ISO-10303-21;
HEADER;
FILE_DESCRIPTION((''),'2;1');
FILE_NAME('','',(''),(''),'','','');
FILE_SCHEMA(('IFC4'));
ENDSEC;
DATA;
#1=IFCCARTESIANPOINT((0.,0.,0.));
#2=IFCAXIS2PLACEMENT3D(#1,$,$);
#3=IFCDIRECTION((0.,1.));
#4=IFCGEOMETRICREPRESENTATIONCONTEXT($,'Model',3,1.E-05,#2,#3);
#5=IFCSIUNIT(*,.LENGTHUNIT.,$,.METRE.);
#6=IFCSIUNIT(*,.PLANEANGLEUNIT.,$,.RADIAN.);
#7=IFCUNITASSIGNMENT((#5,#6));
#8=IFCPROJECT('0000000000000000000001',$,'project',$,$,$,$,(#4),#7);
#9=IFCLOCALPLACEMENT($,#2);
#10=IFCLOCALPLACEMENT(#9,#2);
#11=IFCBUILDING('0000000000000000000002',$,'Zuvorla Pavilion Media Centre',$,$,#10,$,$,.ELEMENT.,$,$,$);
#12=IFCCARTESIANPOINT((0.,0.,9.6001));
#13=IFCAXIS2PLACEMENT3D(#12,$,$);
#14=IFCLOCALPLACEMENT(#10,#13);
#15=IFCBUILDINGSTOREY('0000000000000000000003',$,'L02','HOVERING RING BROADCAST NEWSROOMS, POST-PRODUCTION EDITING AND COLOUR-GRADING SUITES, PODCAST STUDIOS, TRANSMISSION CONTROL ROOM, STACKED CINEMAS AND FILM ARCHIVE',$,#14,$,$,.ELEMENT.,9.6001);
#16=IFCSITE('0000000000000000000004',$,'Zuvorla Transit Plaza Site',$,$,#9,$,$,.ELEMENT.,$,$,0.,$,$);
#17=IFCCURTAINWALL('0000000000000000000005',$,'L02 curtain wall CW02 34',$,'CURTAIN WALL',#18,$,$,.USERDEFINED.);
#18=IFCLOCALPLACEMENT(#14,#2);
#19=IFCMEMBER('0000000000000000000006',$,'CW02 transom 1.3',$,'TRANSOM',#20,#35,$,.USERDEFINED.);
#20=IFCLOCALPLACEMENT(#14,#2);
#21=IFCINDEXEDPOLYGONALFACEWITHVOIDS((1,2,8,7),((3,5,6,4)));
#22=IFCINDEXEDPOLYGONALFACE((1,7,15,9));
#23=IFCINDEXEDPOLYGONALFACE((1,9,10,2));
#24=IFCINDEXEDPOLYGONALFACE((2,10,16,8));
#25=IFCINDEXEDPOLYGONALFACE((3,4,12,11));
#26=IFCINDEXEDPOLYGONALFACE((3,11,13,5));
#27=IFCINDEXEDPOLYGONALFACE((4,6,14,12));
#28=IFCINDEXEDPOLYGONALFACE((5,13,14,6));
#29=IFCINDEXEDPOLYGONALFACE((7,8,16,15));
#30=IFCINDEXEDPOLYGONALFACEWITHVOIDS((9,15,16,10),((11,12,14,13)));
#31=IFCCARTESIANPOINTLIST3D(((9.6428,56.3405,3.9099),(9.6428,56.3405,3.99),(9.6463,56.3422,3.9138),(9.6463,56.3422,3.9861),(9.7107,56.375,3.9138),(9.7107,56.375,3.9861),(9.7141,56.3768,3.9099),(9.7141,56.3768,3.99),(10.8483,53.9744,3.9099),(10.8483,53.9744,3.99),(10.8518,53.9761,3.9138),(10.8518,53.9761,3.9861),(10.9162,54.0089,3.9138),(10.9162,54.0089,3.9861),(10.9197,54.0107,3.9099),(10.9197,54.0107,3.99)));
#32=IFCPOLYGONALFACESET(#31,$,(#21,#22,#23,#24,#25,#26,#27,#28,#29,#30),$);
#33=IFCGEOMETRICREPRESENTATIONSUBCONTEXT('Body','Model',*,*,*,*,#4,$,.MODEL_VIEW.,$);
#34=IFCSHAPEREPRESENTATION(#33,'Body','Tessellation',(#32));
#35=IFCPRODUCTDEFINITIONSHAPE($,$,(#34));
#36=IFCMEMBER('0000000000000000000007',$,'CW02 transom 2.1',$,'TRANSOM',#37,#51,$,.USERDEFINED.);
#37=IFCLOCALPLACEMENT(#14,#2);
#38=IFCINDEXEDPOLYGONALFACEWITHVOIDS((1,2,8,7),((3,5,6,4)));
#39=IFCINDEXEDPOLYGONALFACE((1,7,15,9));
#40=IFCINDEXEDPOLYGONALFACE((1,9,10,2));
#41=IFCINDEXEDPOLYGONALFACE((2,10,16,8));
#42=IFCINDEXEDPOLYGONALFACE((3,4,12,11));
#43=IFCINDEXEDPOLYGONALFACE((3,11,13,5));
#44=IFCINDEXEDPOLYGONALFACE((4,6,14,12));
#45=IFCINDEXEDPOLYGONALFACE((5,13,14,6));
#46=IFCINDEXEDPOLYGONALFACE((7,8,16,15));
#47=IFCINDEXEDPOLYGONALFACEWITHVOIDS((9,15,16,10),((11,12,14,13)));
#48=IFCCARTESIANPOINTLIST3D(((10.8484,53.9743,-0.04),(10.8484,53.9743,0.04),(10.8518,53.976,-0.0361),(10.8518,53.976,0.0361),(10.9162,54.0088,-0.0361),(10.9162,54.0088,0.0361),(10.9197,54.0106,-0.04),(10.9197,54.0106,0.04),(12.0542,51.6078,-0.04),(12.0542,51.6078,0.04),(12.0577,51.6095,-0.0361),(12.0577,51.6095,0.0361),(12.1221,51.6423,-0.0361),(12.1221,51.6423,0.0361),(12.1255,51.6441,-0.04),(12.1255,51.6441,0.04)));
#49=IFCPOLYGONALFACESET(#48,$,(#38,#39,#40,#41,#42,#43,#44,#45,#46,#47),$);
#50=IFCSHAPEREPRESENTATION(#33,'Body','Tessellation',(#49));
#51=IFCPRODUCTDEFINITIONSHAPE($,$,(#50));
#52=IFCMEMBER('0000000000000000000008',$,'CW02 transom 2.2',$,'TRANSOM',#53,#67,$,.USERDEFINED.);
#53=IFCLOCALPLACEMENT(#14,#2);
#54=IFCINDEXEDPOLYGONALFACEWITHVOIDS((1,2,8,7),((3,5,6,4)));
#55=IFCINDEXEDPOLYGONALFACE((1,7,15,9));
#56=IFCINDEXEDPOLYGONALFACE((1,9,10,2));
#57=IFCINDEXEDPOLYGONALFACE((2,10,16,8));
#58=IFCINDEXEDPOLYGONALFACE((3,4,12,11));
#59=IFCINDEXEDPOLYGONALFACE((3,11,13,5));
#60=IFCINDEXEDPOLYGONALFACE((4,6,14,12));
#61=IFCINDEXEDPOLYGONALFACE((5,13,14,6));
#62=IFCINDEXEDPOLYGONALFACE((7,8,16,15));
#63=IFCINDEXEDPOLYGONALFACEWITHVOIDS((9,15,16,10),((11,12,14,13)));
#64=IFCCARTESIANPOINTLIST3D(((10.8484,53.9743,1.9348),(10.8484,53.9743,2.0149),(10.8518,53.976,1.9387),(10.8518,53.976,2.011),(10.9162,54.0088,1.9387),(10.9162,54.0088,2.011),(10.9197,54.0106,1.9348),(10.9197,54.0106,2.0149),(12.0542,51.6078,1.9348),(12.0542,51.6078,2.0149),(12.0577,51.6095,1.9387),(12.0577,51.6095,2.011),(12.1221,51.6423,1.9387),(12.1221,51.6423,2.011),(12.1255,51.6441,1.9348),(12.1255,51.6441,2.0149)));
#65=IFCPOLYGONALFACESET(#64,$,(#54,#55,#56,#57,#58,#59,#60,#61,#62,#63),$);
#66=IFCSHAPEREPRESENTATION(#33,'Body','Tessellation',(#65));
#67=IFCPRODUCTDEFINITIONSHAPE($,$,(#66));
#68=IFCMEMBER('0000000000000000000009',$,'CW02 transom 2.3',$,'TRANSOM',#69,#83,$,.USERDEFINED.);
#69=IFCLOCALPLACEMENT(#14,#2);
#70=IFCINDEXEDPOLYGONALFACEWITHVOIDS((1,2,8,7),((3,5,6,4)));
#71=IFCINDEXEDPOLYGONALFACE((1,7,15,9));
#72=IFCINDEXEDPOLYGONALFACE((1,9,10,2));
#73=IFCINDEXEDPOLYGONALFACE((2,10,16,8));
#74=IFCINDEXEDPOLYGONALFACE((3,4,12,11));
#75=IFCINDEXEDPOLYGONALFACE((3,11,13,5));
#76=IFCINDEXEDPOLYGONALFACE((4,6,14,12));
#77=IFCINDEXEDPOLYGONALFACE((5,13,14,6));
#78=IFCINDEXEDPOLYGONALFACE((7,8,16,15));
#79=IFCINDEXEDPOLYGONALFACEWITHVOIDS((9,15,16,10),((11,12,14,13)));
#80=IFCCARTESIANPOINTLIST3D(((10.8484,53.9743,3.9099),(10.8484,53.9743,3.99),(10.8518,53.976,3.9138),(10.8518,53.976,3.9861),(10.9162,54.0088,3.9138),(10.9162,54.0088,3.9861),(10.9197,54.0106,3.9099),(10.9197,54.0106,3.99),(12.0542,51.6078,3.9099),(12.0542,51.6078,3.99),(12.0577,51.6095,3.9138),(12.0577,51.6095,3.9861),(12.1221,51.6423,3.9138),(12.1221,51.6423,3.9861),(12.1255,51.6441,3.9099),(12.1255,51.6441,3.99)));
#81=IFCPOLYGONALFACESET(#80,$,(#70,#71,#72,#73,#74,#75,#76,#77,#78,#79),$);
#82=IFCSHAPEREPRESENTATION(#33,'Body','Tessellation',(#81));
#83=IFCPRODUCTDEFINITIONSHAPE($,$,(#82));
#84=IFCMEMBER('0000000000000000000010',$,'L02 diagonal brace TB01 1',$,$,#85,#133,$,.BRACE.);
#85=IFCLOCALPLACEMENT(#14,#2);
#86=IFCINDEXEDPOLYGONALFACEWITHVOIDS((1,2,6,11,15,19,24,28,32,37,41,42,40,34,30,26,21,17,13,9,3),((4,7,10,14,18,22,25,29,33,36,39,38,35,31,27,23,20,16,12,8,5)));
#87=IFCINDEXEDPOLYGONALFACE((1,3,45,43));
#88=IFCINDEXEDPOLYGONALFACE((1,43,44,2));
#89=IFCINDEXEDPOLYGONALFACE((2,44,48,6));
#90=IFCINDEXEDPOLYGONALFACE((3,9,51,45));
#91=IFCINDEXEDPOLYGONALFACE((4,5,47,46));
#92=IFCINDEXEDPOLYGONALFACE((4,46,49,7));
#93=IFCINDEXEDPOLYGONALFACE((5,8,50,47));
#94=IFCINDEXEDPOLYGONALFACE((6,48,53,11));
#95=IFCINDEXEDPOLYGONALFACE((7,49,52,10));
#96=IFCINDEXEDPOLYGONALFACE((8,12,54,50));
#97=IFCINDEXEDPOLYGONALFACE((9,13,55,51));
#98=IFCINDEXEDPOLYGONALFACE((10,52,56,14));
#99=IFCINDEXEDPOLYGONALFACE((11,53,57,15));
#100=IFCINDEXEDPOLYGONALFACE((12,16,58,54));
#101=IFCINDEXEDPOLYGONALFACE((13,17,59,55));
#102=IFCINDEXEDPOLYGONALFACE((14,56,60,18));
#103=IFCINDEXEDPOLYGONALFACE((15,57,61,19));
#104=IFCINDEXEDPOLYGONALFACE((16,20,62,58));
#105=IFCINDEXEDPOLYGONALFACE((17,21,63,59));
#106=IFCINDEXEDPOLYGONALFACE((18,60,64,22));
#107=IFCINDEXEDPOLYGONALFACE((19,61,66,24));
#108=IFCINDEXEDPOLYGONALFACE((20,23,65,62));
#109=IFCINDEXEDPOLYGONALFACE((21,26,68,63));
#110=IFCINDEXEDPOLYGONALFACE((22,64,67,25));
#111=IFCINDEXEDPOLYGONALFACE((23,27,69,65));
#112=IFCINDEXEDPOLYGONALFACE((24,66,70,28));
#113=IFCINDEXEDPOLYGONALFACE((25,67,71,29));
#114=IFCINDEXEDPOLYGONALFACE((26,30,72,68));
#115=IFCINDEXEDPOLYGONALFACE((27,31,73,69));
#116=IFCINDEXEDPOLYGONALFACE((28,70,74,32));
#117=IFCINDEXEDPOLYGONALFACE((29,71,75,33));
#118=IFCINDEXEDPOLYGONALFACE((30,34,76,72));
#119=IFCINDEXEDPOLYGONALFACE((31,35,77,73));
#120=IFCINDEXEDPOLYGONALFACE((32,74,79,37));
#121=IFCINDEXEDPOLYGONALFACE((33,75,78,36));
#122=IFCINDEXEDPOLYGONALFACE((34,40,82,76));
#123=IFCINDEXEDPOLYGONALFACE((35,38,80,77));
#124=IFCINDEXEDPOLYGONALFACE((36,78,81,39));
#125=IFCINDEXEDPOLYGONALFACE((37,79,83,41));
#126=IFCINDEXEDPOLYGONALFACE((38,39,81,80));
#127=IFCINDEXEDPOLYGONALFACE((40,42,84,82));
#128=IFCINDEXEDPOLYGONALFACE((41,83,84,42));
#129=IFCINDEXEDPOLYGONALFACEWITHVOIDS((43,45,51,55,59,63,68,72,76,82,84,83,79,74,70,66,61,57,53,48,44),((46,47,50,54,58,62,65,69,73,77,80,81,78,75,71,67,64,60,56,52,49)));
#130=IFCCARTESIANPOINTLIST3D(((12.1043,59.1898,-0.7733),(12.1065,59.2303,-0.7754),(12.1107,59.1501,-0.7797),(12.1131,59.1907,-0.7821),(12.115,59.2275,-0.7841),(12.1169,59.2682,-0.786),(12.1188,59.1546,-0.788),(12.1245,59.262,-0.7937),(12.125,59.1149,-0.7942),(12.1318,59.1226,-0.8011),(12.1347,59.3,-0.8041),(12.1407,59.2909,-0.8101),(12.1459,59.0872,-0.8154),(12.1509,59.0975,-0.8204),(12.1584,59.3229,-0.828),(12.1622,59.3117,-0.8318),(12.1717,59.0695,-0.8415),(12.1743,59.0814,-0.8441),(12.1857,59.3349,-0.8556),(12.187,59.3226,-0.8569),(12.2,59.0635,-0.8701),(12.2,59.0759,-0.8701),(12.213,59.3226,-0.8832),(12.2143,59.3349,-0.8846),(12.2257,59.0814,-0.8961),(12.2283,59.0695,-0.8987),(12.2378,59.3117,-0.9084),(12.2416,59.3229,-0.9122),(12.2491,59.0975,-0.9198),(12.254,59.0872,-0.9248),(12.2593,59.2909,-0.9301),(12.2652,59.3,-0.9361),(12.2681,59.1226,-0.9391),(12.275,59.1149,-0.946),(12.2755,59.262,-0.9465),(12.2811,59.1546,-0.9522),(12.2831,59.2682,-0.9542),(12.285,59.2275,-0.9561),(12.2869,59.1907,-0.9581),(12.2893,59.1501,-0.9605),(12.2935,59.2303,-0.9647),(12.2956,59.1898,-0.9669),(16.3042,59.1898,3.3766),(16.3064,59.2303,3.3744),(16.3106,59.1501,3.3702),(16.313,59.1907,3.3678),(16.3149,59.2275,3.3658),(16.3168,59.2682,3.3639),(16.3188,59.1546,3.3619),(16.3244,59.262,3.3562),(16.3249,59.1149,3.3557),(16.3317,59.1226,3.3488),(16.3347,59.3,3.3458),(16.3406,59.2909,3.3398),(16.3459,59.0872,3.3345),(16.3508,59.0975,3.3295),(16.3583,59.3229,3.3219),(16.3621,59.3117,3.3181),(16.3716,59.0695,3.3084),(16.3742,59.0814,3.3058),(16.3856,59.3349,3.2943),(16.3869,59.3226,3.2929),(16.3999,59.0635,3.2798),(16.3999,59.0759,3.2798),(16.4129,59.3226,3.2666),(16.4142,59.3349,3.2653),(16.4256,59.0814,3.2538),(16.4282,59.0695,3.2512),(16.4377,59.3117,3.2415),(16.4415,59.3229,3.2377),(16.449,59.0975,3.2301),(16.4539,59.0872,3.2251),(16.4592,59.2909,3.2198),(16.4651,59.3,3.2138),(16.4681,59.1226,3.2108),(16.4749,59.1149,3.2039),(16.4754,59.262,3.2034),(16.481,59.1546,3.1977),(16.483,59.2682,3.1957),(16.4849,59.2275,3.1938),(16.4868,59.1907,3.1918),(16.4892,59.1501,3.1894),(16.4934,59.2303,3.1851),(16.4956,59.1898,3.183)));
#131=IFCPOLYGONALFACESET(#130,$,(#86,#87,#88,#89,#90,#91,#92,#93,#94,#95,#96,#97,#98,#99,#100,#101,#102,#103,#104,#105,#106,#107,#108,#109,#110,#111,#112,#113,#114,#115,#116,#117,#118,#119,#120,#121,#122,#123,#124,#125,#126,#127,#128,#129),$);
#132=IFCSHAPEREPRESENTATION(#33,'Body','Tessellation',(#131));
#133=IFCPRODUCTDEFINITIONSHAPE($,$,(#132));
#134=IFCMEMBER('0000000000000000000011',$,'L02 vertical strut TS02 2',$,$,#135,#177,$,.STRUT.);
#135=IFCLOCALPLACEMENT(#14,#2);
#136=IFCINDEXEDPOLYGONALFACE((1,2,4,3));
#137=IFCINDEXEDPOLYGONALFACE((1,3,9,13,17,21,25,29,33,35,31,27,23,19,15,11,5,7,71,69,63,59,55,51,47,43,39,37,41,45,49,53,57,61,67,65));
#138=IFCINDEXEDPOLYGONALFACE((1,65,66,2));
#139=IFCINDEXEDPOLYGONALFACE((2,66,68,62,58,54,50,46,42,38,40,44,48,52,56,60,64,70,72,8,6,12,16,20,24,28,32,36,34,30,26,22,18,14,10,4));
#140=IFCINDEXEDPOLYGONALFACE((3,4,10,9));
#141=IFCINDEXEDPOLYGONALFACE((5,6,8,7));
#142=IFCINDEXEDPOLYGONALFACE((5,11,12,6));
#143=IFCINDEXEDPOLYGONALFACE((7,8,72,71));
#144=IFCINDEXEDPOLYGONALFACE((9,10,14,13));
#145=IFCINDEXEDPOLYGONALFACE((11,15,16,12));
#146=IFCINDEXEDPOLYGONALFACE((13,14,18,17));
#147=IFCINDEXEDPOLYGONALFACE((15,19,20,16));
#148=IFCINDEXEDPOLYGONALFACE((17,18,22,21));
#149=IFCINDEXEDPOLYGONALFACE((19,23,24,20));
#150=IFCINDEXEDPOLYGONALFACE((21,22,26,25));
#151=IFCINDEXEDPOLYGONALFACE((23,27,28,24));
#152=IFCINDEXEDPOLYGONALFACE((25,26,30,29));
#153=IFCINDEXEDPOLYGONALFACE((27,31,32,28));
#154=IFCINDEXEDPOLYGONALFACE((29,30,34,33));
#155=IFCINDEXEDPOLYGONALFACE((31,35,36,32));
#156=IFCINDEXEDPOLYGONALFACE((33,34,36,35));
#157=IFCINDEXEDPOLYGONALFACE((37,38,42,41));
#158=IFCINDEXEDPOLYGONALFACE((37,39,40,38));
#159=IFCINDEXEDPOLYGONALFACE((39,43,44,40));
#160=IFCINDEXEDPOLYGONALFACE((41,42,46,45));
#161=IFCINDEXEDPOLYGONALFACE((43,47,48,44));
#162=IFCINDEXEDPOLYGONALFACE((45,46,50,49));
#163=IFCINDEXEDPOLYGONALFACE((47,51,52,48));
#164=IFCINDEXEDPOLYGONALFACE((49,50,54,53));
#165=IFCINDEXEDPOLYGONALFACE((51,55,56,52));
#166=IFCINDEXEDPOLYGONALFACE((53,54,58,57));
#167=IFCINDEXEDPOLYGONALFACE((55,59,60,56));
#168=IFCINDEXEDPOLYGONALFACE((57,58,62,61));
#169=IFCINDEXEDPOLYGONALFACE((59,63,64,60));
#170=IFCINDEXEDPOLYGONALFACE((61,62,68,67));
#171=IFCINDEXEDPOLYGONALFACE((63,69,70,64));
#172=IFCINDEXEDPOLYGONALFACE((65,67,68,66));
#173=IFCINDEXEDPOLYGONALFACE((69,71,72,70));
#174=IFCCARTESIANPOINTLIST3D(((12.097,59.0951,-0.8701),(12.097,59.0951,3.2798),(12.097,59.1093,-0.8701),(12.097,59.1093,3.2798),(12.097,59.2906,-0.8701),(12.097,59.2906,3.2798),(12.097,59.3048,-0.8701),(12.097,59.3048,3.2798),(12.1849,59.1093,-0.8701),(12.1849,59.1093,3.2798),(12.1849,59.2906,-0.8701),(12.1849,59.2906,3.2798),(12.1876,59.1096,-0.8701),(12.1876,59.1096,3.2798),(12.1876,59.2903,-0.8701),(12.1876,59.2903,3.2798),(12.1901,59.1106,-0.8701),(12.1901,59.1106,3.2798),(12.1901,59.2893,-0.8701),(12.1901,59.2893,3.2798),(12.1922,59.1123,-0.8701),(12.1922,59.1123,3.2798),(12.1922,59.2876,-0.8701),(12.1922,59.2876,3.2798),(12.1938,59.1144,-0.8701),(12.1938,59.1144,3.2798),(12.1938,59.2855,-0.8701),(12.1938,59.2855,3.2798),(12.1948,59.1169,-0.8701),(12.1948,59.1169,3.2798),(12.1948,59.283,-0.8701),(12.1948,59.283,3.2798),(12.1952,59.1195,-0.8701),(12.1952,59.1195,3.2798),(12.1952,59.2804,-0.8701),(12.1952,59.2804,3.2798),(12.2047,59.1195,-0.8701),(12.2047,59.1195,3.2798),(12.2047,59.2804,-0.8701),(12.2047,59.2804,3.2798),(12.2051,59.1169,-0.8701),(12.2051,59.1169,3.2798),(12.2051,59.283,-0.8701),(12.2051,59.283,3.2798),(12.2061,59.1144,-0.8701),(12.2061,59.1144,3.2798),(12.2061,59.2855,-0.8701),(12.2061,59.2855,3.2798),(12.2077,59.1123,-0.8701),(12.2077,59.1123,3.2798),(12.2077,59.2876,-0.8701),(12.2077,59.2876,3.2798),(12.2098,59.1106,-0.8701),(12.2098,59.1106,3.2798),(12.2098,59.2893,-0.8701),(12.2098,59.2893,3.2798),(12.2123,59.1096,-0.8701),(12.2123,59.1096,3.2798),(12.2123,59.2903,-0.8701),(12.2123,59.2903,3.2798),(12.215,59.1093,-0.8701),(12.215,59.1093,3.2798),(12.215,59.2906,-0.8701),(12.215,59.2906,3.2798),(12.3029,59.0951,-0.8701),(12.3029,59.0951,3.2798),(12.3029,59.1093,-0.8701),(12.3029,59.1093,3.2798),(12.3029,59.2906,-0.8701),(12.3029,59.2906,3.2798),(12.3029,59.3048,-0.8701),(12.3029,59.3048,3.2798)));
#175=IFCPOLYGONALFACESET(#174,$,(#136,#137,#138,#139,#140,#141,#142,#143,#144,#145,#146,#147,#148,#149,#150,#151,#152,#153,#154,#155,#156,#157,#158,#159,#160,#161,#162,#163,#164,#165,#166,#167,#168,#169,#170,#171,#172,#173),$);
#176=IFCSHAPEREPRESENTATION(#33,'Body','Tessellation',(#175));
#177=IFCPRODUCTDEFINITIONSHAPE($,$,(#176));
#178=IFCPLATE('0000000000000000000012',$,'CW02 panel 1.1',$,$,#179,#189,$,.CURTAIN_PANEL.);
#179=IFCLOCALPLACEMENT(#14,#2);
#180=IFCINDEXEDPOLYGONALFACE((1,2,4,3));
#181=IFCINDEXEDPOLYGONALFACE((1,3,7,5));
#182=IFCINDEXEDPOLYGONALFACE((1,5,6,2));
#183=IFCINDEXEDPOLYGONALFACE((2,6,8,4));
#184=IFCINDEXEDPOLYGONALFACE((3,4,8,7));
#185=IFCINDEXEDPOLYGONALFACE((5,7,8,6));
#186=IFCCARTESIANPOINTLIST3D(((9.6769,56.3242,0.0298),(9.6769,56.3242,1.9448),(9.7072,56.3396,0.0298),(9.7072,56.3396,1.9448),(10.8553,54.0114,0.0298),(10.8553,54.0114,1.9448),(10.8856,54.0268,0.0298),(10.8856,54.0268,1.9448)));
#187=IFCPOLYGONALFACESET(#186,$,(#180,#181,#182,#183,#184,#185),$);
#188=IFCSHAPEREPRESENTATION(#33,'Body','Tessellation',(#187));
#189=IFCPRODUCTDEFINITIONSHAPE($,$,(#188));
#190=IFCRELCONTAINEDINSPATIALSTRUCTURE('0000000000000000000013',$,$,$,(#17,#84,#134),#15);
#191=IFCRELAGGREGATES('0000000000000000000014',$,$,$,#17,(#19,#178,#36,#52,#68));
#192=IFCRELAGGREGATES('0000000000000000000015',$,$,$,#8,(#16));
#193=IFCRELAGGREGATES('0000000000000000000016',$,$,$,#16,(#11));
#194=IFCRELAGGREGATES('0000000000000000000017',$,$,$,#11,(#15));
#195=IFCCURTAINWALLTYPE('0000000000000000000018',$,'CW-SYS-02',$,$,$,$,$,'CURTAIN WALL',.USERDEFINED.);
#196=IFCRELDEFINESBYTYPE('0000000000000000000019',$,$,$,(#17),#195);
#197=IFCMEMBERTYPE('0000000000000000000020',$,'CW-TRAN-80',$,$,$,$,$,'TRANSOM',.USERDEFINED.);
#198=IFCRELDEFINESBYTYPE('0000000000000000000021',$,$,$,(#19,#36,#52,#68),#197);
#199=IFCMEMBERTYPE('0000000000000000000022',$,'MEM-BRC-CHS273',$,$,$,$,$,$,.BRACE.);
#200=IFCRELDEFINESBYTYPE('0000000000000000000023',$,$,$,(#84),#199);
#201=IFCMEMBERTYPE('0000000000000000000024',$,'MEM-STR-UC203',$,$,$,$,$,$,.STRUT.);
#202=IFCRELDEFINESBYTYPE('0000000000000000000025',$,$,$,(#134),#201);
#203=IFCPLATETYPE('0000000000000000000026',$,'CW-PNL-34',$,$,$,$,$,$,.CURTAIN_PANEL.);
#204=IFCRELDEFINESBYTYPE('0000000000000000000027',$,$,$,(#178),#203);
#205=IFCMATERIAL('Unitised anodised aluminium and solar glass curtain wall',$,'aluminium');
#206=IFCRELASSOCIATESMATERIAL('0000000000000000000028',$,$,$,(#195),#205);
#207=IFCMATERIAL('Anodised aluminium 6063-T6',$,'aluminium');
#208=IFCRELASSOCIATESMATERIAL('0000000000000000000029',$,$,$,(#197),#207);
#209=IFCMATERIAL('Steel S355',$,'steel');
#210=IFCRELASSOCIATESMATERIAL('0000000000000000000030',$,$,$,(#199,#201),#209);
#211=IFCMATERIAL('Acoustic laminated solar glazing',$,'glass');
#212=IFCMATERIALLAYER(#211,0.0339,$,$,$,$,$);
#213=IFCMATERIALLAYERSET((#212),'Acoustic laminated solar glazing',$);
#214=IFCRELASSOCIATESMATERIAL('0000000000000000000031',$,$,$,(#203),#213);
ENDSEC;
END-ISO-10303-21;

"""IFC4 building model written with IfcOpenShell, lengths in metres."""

from ifc_helpers import new_model, si_unit, direction, frame, origin, origin_2d, place, context, subcontext, project, spatial, rectangle, hollow_rectangle, hollow_circle, i_section, extrude, material, layer, layer_set, material_profile, profile_set, type_object, element, aggregate, save


model = new_model("IFC4")

# Units and contexts
model_context = context("Model", 3, precision=1e-05, world=origin(), true_north=direction((0.0, 1.0)))
body_context = subcontext(model_context, "Body", "Model", "MODEL_VIEW")
ifc_project = project(units=[si_unit("LENGTHUNIT", "METRE"), si_unit("PLANEANGLEUNIT", "RADIAN")], contexts=[model_context])

# Site, building, storey
site_placement = place(None, origin())
site = spatial("IfcSite", under=ifc_project, at=site_placement, Name="Zuvorla Transit Plaza Site", CompositionType="ELEMENT", RefElevation=0.0)
building_placement = place(site_placement, origin())
building = spatial("IfcBuilding", under=site, at=building_placement, Name="Zuvorla Pavilion Media Centre", CompositionType="ELEMENT")
storey_placement = place(building_placement, frame((0.0, 0.0, 9.6001)))
storey = spatial("IfcBuildingStorey", under=building, at=storey_placement, Name="L02", Description="HOVERING RING BROADCAST NEWSROOMS, POST-PRODUCTION EDITING AND COLOUR-GRADING SUITES, PODCAST STUDIOS, TRANSMISSION CONTROL ROOM, STACKED CINEMAS AND FILM ARCHIVE", CompositionType="ELEMENT", Elevation=9.6001)

# Shared definitions
ifc_material_1 = material(Name="Steel S355", Category="steel")

# Curtain wall, members
ifc_material_2 = material(Name="Unitised anodised aluminium and solar glass curtain wall", Category="aluminium")
curtain_wall_type = type_object("IfcCurtainWallType", Name="CW-SYS-02", ElementType="CURTAIN WALL", PredefinedType="USERDEFINED", material=ifc_material_2)
curtain_wall_placement = place(storey_placement, origin())
curtain_wall = element("IfcCurtainWall", 1, at=curtain_wall_placement, inside=storey, type_object=curtain_wall_type, Name="L02 curtain wall CW02 34", ObjectType="CURTAIN WALL", PredefinedType="USERDEFINED")
ifc_material_3 = material(Name="Anodised aluminium 6063-T6", Category="aluminium")
ifc_material_profile_1 = material_profile(ifc_material_3, hollow_rectangle(XDim=0.0801, YDim=0.0801, WallThickness=0.0039, at=origin_2d()), Name="ALU TRAN 80x80")
ifc_profile_set_1 = profile_set([ifc_material_profile_1], Name="Anodised aluminium 6063-T6")
member_type_1 = type_object("IfcMemberType", Name="CW-TRAN-80", ElementType="TRANSOM", PredefinedType="USERDEFINED", material=ifc_profile_set_1)
member_1_placement = place(storey_placement, frame((9.6785, 56.3586, 3.95), z_axis=(0.453967, -0.891018, 0.0), x_axis=(0.891018, 0.453967, 0.0)))
member_1 = element("IfcMember", 2, at=member_1_placement, type_object=member_type_1, Name="CW02 transom 1.3", ObjectType="TRANSOM", PredefinedType="USERDEFINED", context=body_context, shape_type="SweptSolid", body=[
    extrude(hollow_rectangle(XDim=0.0801, YDim=0.0801, WallThickness=0.0039, at=origin_2d()), origin(), (0.0, 0.0, 1.0), 2.6555),
])
member_2_placement = place(storey_placement, frame((10.884, 53.9924, 0.0), z_axis=(0.454003, -0.891, 0.0), x_axis=(0.891, 0.454003, 0.0)))
member_2 = element("IfcMember", 3, at=member_2_placement, type_object=member_type_1, Name="CW02 transom 2.1", ObjectType="TRANSOM", PredefinedType="USERDEFINED", context=body_context, shape_type="SweptSolid", body=[
    extrude(hollow_rectangle(XDim=0.0801, YDim=0.0801, WallThickness=0.0039, at=origin_2d()), origin(), (0.0, 0.0, 1.0), 2.656),
])
member_3_placement = place(storey_placement, frame((10.884, 53.9924, 1.9749), z_axis=(0.454003, -0.891, 0.0), x_axis=(0.891, 0.454003, 0.0)))
member_3 = element("IfcMember", 4, at=member_3_placement, type_object=member_type_1, Name="CW02 transom 2.2", ObjectType="TRANSOM", PredefinedType="USERDEFINED", context=body_context, shape_type="SweptSolid", body=[
    extrude(hollow_rectangle(XDim=0.0801, YDim=0.0801, WallThickness=0.0039, at=origin_2d()), origin(), (0.0, 0.0, 1.0), 2.656),
])
member_4_placement = place(storey_placement, frame((10.884, 53.9924, 3.95), z_axis=(0.454003, -0.891, 0.0), x_axis=(0.891, 0.454003, 0.0)))
member_4 = element("IfcMember", 5, at=member_4_placement, type_object=member_type_1, Name="CW02 transom 2.3", ObjectType="TRANSOM", PredefinedType="USERDEFINED", context=body_context, shape_type="SweptSolid", body=[
    extrude(hollow_rectangle(XDim=0.0801, YDim=0.0801, WallThickness=0.0039, at=origin_2d()), origin(), (0.0, 0.0, 1.0), 2.656),
])

# Members
ifc_material_profile_2 = material_profile(ifc_material_1, hollow_circle(Radius=0.1365, WallThickness=0.0125, at=origin_2d()), Name="CHS 273x12.5")
ifc_profile_set_2 = profile_set([ifc_material_profile_2], Name="Steel S355")
member_type_2 = type_object("IfcMemberType", Name="MEM-BRC-CHS273", PredefinedType="BRACE", material=ifc_profile_set_2)
member_5_placement = place(storey_placement, frame((16.3999, 59.2, 3.2798), z_axis=(-0.711332, 0.0, -0.702856), x_axis=(0.0, -1.0, 0.0)))
element("IfcMember", 6, at=member_5_placement, inside=storey, type_object=member_type_2, Name="L02 diagonal brace TB01 1", PredefinedType="BRACE", context=body_context, shape_type="SweptSolid", body=[
    extrude(hollow_circle(Radius=0.1365, WallThickness=0.0125, at=origin_2d()), origin(), (0.0, 0.0, 1.0), 5.9043),
])
ifc_material_profile_3 = material_profile(ifc_material_1, i_section(OverallWidth=0.2058, OverallDepth=0.2097, WebThickness=0.0095, FlangeThickness=0.0142, FilletRadius=0.0103, at=origin_2d()), Name="UC 203x203x60")
ifc_profile_set_3 = profile_set([ifc_material_profile_3], Name="Steel S355")
member_type_3 = type_object("IfcMemberType", Name="MEM-STR-UC203", PredefinedType="STRUT", material=ifc_profile_set_3)
member_6_placement = place(storey_placement, frame((12.2, 59.2, -0.8701), z_axis=(0.0, 0.0, 1.0), x_axis=(1.0, 0.0, 0.0)))
element("IfcMember", 7, at=member_6_placement, inside=storey, type_object=member_type_3, Name="L02 vertical strut TS02 2", PredefinedType="STRUT", context=body_context, shape_type="SweptSolid", body=[
    extrude(i_section(OverallWidth=0.2058, OverallDepth=0.2097, WebThickness=0.0095, FlangeThickness=0.0142, FilletRadius=0.0103, at=origin_2d()), origin(), (0.0, 0.0, 1.0), 4.1499),
])

# Plate
ifc_material_4 = material(Name="Acoustic laminated solar glazing", Category="glass")
ifc_layer_1 = layer(ifc_material_4, 0.0339)
ifc_layer_set_1 = layer_set([ifc_layer_1], Name="Acoustic laminated solar glazing")
plate_type_1 = type_object("IfcPlateType", Name="CW-PNL-34", PredefinedType="CURTAIN_PANEL", material=ifc_layer_set_1)
plate_1_placement = place(storey_placement, frame((10.2812, 55.1755, 0.0298), z_axis=(0.0, 0.0, 1.0), x_axis=(0.453986, -0.891009, 0.0)))
plate_1 = element("IfcPlate", 8, at=plate_1_placement, type_object=plate_type_1, Name="CW02 panel 1.1", PredefinedType="CURTAIN_PANEL", context=body_context, shape_type="SweptSolid", body=[
    extrude(rectangle(XDim=2.5957, YDim=0.0339, at=origin_2d()), origin(), (0.0, 0.0, 1.0), 1.915),
])
aggregate(curtain_wall, [member_1, plate_1, member_2, member_3, member_4])

save(model, "model.ifc")
